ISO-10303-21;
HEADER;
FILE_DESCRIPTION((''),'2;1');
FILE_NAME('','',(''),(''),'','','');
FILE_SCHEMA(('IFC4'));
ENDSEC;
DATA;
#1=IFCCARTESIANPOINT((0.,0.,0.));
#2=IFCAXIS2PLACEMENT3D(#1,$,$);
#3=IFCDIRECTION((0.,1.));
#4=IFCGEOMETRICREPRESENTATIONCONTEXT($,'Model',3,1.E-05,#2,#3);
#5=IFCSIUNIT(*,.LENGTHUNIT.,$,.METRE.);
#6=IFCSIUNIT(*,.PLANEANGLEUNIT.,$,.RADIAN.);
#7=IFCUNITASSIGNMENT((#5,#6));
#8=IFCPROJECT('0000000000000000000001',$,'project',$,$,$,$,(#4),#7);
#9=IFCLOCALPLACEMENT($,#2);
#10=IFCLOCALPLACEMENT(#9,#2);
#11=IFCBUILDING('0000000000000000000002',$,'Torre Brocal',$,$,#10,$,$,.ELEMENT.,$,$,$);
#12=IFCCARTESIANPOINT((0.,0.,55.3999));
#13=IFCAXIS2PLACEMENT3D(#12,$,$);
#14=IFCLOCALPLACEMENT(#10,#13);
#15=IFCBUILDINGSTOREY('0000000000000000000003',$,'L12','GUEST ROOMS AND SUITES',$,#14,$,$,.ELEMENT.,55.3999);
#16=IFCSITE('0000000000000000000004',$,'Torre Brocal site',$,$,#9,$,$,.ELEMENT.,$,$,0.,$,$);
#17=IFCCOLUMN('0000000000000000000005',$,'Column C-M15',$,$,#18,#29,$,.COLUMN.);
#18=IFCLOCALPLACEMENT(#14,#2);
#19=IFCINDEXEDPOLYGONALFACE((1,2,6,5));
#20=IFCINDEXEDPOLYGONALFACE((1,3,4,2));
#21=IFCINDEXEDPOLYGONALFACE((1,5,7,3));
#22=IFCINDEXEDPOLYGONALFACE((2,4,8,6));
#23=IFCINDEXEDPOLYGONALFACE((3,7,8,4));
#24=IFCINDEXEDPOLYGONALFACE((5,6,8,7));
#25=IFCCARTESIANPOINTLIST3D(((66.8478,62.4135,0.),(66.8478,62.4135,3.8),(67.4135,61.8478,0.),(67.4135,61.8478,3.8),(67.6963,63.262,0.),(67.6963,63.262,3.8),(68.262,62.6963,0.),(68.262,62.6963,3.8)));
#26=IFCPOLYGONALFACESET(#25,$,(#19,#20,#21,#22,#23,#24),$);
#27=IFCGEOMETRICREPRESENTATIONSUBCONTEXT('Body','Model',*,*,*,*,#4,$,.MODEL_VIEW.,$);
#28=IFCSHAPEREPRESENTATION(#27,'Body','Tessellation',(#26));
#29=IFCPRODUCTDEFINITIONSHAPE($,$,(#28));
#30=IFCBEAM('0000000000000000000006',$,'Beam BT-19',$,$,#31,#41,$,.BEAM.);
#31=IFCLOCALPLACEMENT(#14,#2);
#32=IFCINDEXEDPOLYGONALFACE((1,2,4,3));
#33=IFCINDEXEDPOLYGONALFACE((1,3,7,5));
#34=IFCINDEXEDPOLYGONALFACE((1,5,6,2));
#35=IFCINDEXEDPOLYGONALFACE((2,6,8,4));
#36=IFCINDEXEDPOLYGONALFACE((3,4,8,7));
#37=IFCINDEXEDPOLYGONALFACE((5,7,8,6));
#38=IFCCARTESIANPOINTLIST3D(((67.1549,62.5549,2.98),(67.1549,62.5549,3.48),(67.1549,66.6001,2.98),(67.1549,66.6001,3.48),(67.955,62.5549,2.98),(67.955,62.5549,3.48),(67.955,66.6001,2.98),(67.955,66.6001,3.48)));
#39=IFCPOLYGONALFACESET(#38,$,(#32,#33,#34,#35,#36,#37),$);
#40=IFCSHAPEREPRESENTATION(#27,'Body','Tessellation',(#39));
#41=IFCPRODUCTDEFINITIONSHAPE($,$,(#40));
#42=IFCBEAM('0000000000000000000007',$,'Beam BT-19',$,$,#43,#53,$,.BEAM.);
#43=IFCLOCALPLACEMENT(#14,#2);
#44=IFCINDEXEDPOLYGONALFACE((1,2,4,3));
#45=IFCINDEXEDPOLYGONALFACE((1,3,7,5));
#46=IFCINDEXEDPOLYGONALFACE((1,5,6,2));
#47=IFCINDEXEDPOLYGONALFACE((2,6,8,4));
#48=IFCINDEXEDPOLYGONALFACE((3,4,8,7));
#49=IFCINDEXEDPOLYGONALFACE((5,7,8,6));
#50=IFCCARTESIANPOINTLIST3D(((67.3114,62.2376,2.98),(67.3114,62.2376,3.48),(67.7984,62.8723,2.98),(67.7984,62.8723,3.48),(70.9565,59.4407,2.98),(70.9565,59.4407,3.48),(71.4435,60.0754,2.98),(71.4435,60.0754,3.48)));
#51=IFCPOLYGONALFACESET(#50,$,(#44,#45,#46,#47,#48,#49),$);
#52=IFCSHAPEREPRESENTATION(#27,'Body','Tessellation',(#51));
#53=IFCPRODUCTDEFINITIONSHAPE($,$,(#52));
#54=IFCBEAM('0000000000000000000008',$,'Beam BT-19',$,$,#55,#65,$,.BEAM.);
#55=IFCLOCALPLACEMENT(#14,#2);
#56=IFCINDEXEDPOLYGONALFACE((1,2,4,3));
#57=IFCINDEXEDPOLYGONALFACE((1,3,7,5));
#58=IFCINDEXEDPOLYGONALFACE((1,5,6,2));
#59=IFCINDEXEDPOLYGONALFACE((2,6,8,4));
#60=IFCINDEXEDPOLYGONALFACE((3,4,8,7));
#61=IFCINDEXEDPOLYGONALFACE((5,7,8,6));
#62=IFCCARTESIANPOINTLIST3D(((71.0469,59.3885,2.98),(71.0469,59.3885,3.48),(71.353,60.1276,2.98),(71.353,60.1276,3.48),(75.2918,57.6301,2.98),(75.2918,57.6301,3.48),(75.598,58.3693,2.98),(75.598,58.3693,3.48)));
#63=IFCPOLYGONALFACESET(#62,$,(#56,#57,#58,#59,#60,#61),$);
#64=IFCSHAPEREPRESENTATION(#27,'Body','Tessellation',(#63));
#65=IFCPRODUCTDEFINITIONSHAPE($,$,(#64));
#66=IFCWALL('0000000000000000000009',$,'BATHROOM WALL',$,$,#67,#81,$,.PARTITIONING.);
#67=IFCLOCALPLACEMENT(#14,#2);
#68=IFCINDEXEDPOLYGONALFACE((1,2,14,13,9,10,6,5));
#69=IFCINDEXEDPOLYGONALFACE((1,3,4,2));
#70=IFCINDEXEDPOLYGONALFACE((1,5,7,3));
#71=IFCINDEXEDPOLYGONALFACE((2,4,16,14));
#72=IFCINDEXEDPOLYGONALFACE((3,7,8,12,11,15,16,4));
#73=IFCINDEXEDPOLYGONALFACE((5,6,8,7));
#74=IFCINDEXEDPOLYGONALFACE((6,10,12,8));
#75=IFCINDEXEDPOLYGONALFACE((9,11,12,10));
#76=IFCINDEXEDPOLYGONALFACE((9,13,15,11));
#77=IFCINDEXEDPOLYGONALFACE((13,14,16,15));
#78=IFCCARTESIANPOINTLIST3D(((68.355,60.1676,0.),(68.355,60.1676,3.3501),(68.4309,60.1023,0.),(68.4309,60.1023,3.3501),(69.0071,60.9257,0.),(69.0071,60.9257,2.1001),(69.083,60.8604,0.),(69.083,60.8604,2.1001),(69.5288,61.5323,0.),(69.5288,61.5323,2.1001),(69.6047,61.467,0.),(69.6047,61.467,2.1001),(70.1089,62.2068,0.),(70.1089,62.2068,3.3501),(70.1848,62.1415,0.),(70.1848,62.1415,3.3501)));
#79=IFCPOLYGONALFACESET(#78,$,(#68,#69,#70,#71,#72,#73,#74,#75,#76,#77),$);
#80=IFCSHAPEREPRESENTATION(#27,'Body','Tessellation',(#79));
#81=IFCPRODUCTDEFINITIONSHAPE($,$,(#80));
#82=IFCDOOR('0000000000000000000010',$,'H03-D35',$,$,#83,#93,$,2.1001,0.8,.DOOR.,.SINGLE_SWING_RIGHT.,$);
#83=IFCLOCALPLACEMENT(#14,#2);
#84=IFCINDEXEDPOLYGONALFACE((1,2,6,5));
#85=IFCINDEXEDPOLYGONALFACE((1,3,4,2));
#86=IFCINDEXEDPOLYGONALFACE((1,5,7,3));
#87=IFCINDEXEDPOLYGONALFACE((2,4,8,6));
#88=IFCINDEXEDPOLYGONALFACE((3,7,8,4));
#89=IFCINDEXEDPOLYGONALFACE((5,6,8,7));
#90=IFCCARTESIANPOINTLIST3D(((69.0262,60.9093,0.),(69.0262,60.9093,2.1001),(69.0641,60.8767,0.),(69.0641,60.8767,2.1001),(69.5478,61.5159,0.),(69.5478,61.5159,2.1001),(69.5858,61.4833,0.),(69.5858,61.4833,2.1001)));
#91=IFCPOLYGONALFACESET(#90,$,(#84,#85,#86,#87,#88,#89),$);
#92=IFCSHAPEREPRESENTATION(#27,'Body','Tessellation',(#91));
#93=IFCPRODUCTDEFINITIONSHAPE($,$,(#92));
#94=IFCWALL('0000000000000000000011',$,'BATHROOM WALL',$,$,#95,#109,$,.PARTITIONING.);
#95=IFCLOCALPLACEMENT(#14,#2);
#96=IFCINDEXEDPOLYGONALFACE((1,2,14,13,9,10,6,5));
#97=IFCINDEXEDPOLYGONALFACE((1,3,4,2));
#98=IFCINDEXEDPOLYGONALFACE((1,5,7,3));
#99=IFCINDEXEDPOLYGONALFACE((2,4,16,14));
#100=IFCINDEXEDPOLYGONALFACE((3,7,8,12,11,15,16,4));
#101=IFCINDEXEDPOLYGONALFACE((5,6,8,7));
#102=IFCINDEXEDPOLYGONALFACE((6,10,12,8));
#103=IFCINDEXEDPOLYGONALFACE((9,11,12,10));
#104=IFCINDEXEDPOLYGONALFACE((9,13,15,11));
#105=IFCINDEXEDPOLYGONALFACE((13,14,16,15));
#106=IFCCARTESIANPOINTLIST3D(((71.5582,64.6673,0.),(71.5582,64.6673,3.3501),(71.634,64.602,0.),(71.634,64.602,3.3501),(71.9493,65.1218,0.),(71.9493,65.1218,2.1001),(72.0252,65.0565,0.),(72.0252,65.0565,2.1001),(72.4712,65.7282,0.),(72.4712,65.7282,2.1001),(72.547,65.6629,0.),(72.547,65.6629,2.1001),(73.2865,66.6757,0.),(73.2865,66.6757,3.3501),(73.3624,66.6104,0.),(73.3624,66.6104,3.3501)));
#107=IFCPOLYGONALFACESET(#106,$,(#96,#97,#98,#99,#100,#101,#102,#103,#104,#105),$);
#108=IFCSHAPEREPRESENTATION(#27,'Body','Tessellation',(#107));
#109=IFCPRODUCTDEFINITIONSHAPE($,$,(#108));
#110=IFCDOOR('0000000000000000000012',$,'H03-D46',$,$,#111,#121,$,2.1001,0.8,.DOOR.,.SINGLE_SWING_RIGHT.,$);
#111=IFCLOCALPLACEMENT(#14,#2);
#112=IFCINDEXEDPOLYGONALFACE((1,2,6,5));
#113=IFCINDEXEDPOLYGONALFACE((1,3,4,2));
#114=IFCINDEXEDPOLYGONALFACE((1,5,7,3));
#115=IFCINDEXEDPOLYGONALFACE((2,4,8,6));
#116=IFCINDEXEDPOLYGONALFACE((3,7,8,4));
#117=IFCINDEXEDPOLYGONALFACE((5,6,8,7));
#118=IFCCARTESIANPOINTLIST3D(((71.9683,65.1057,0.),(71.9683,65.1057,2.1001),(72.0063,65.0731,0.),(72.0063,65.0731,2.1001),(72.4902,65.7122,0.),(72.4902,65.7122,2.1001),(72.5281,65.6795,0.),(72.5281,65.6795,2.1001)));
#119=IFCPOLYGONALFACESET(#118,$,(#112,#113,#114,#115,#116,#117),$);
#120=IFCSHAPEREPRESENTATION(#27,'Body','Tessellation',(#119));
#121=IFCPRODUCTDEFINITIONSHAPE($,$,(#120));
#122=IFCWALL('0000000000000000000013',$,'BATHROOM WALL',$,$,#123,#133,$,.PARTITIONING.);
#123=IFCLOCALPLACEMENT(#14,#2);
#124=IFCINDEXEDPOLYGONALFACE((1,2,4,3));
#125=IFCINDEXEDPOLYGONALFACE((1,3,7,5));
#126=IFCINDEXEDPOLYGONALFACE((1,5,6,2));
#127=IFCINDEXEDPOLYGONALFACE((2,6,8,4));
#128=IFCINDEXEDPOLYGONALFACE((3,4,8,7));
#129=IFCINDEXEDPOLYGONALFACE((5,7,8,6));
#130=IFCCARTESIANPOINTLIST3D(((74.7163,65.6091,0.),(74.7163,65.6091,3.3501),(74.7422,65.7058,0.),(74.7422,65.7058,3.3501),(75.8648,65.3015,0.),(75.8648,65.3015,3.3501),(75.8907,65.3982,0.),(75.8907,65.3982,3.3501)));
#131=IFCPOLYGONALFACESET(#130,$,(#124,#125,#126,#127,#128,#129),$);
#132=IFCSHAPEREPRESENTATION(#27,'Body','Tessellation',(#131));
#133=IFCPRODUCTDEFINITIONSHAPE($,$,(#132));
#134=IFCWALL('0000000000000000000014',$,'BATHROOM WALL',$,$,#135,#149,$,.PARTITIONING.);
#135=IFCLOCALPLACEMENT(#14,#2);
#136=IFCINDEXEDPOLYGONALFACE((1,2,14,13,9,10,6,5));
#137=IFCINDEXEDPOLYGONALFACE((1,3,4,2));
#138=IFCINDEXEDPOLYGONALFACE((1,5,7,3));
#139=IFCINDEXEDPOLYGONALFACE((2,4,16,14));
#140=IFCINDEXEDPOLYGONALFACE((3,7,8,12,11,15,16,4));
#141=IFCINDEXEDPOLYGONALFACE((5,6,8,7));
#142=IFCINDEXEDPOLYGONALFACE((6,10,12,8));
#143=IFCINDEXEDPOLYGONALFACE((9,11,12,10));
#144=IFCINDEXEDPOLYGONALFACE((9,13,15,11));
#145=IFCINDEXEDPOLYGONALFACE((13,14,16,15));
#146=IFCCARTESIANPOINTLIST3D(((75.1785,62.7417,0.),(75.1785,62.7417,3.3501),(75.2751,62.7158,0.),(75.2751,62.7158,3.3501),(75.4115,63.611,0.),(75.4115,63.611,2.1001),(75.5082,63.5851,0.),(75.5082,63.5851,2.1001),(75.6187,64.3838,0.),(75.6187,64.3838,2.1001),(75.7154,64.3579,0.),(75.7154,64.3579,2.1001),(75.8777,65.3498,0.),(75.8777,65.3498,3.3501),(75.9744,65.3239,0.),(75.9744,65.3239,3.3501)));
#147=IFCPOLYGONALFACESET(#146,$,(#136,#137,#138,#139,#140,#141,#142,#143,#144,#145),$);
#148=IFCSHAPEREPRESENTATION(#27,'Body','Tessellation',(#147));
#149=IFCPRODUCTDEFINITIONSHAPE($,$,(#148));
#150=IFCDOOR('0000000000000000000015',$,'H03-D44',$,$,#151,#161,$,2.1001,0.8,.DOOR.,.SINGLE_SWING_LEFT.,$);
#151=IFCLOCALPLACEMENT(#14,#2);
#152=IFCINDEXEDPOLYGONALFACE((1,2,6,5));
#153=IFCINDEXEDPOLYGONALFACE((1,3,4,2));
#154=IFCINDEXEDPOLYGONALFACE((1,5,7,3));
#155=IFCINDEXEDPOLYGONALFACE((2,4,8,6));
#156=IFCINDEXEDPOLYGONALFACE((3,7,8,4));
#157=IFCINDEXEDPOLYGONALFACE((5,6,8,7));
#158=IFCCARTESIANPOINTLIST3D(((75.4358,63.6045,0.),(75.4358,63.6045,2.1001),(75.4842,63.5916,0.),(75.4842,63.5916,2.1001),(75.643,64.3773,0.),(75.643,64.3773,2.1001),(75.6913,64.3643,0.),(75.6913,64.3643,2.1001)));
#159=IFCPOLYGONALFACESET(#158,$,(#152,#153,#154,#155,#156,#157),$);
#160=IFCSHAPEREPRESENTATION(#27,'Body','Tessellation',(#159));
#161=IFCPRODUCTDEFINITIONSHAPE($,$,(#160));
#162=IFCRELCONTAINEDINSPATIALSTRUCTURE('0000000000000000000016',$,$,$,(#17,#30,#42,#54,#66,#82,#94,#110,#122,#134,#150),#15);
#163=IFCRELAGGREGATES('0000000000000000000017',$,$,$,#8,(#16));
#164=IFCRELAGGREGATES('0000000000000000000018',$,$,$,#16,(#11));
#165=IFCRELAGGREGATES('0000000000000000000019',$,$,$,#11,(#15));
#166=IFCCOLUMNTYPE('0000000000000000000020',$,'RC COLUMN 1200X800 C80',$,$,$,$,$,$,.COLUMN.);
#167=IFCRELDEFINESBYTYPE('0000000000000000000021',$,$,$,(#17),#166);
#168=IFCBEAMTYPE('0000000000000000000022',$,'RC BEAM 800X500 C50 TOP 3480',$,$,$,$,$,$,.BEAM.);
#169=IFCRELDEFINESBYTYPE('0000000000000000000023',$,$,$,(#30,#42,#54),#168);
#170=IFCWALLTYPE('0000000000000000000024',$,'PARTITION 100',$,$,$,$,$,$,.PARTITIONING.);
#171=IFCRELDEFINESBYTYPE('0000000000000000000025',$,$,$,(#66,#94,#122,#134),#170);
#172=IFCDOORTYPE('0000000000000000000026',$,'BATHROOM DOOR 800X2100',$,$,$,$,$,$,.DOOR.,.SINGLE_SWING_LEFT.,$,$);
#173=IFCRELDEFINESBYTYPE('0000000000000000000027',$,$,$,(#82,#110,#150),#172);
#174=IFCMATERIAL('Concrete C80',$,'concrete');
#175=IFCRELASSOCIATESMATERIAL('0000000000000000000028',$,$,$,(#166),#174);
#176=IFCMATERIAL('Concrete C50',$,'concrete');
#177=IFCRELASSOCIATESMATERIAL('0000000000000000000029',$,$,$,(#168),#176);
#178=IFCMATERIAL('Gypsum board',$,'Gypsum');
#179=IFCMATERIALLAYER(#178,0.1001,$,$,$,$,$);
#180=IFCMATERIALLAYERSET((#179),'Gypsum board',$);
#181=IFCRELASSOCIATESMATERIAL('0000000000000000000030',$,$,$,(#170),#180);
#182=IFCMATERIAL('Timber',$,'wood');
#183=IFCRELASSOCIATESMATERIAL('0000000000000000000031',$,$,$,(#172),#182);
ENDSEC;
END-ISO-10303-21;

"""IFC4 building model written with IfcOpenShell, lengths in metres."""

from ifc_helpers import new_model, si_unit, direction, frame, frame_2d, origin, origin_2d, place, context, subcontext, project, spatial, rectangle, extrude, material, layer, layer_set, material_profile, profile_set, type_object, element, fill, save


model = new_model("IFC4")

# Units and contexts
model_context = context("Model", 3, precision=1e-05, world=origin(), true_north=direction((0.0, 1.0)))
body_context = subcontext(model_context, "Body", "Model", "MODEL_VIEW")
ifc_project = project(units=[si_unit("LENGTHUNIT", "METRE"), si_unit("PLANEANGLEUNIT", "RADIAN")], contexts=[model_context])

# Site, building, storey
site_placement = place(None, origin())
site = spatial("IfcSite", under=ifc_project, at=site_placement, Name="Torre Brocal site", CompositionType="ELEMENT", RefElevation=0.0)
building_placement = place(site_placement, origin())
building = spatial("IfcBuilding", under=site, at=building_placement, Name="Torre Brocal", CompositionType="ELEMENT")
storey_placement = place(building_placement, frame((0.0, 0.0, 55.3999)))
storey = spatial("IfcBuildingStorey", under=building, at=storey_placement, Name="L12", Description="GUEST ROOMS AND SUITES", CompositionType="ELEMENT", Elevation=55.3999)

# Column
ifc_material_1 = material(Name="Concrete C80", Category="concrete")
ifc_material_profile_1 = material_profile(ifc_material_1, rectangle(XDim=1.2, YDim=0.8, at=origin_2d()), Name="RC 1200X800")
ifc_profile_set_1 = profile_set([ifc_material_profile_1], Name="Concrete C80")
column_type = type_object("IfcColumnType", Name="RC COLUMN 1200X800 C80", PredefinedType="COLUMN", material=ifc_profile_set_1)
column_placement = place(storey_placement, frame((67.5549, 62.5549, 0.0), z_axis=(0.0, 0.0, 1.0), x_axis=(-0.707107, -0.707107, 0.0)))
element("IfcColumn", 1, at=column_placement, inside=storey, type_object=column_type, Name="Column C-M15", PredefinedType="COLUMN", context=body_context, shape_type="SweptSolid", body=[
    extrude(rectangle(XDim=1.2, YDim=0.8, at=origin_2d()), origin(), (0.0, 0.0, 1.0), 3.8),
])

# Beams
ifc_material_2 = material(Name="Concrete C50", Category="concrete")
ifc_material_profile_2 = material_profile(ifc_material_2, rectangle(XDim=0.8, YDim=0.5, at=origin_2d()), Name="RC 800X500")
ifc_profile_set_2 = profile_set([ifc_material_profile_2], Name="Concrete C50")
beam_type = type_object("IfcBeamType", Name="RC BEAM 800X500 C50 TOP 3480", PredefinedType="BEAM", material=ifc_profile_set_2)
beam_1_placement = place(storey_placement, frame((67.5549, 62.5549, 3.23), z_axis=(0.0, 1.0, 0.0), x_axis=(-1.0, 0.0, 0.0)))
element("IfcBeam", 2, at=beam_1_placement, inside=storey, type_object=beam_type, Name="Beam BT-19", PredefinedType="BEAM", context=body_context, shape_type="SweptSolid", body=[
    extrude(rectangle(XDim=0.8, YDim=0.5, at=origin_2d()), origin(), (0.0, 0.0, 1.0), 4.0452),
])
beam_2_placement = place(storey_placement, frame((67.5549, 62.5549, 3.23), z_axis=(0.793358, -0.608755, 0.0), x_axis=(0.608755, 0.793358, 0.0)))
element("IfcBeam", 3, at=beam_2_placement, inside=storey, type_object=beam_type, Name="Beam BT-19", PredefinedType="BEAM", context=body_context, shape_type="SweptSolid", body=[
    extrude(rectangle(XDim=0.8, YDim=0.5, at=origin_2d()), origin(), (0.0, 0.0, 1.0), 4.5945),
])
beam_3_placement = place(storey_placement, frame((71.2, 59.7581, 3.23), z_axis=(0.923878, -0.382687, 0.0), x_axis=(0.382687, 0.923878, 0.0)))
element("IfcBeam", 4, at=beam_3_placement, inside=storey, type_object=beam_type, Name="Beam BT-19", PredefinedType="BEAM", context=body_context, shape_type="SweptSolid", body=[
    extrude(rectangle(XDim=0.8, YDim=0.5, at=origin_2d()), origin(), (0.0, 0.0, 1.0), 4.5947),
])

# Walls, openings, doors
ifc_material_3 = material(Name="Gypsum board", Category="Gypsum")
ifc_layer_1 = layer(ifc_material_3, 0.1001)
ifc_layer_set_1 = layer_set([ifc_layer_1], Name="Gypsum board")
wall_type_1 = type_object("IfcWallType", Name="PARTITION 100", PredefinedType="PARTITIONING", material=ifc_layer_set_1)
wall_1_placement = place(storey_placement, frame((68.3931, 60.135, 0.0), z_axis=(0.0, 0.0, 1.0), x_axis=(0.652061, 0.758166, 0.0)))
wall_1 = element("IfcWall", 5, at=wall_1_placement, inside=storey, type_object=wall_type_1, Name="BATHROOM WALL", PredefinedType="PARTITIONING", context=body_context, shape_type="SweptSolid", body=[
    extrude(rectangle(XDim=2.6897, YDim=0.1001, at=frame_2d((1.3447, 0.0))), origin(), (0.0, 0.0, 1.0), 3.3501),
])
opening_1_placement = place(wall_1_placement, frame((1.0, 0.0, 0.0)))
opening_1 = element("IfcOpeningElement", 6, at=opening_1_placement, cuts=wall_1, PredefinedType="OPENING", context=body_context, shape_type="SweptSolid", body=[
    extrude(rectangle(XDim=0.8, YDim=2.1001, at=frame_2d((0.3999, 1.05))), frame((0.0, 0.0601, 0.0), z_axis=(0.0, -1.0, 0.0), x_axis=(1.0, 0.0, 0.0)), (0.0, 0.0, 1.0), 0.1201),
])
ifc_material_4 = material(Name="Timber", Category="wood")
door_type_1 = type_object("IfcDoorType", Name="BATHROOM DOOR 800X2100", OperationType="SINGLE_SWING_LEFT", PredefinedType="DOOR", material=ifc_material_4)
door_1_placement = place(opening_1_placement, origin())
door_1 = element("IfcDoor", 7, at=door_1_placement, inside=storey, type_object=door_type_1, Name="H03-D35", OperationType="SINGLE_SWING_RIGHT", OverallHeight=2.1001, OverallWidth=0.8, PredefinedType="DOOR", context=body_context, shape_type="SweptSolid", body=[
    extrude(rectangle(XDim=0.8, YDim=2.1001, at=frame_2d((0.3999, 1.05))), frame((0.0, 0.0249, 0.0), z_axis=(0.0, -1.0, 0.0), x_axis=(1.0, 0.0, 0.0)), (0.0, 0.0, 1.0), 0.05),
])
fill(opening_1, door_1)
wall_2_placement = place(storey_placement, frame((71.5962, 64.6348, 0.0), z_axis=(0.0, 0.0, 1.0), x_axis=(0.652285, 0.757974, 0.0)))
wall_2 = element("IfcWall", 8, at=wall_2_placement, inside=storey, type_object=wall_type_1, Name="BATHROOM WALL", PredefinedType="PARTITIONING", context=body_context, shape_type="SweptSolid", body=[
    extrude(rectangle(XDim=2.6497, YDim=0.1001, at=frame_2d((1.3247, 0.0))), origin(), (0.0, 0.0, 1.0), 3.3501),
])
opening_2_placement = place(wall_2_placement, frame((0.5996, 0.0, 0.0)))
opening_2 = element("IfcOpeningElement", 9, at=opening_2_placement, cuts=wall_2, PredefinedType="OPENING", context=body_context, shape_type="SweptSolid", body=[
    extrude(rectangle(XDim=0.8, YDim=2.1001, at=frame_2d((0.3999, 1.05))), frame((0.0, 0.0601, 0.0), z_axis=(0.0, -1.0, 0.0), x_axis=(1.0, 0.0, 0.0)), (0.0, 0.0, 1.0), 0.1201),
])
door_2_placement = place(opening_2_placement, frame((0.8, 0.0, 0.0), z_axis=(0.0, 0.0, 1.0), x_axis=(-1.0, 0.0, 0.0)))
door_2 = element("IfcDoor", 10, at=door_2_placement, inside=storey, type_object=door_type_1, Name="H03-D46", OperationType="SINGLE_SWING_RIGHT", OverallHeight=2.1001, OverallWidth=0.8, PredefinedType="DOOR", context=body_context, shape_type="SweptSolid", body=[
    extrude(rectangle(XDim=0.8, YDim=2.1001, at=frame_2d((0.3999, 1.05))), frame((0.0, 0.0249, 0.0), z_axis=(0.0, -1.0, 0.0), x_axis=(1.0, 0.0, 0.0)), (0.0, 0.0, 1.0), 0.05),
])
fill(opening_2, door_2)

# Wall
wall_3_placement = place(storey_placement, frame((74.7292, 65.6575, 0.0), z_axis=(0.0, 0.0, 1.0), x_axis=(0.965948, -0.258736, 0.0)))
element("IfcWall", 11, at=wall_3_placement, inside=storey, type_object=wall_type_1, Name="BATHROOM WALL", PredefinedType="PARTITIONING", context=body_context, shape_type="SweptSolid", body=[
    extrude(rectangle(XDim=1.189, YDim=0.1001, at=frame_2d((0.5945, 0.0))), origin(), (0.0, 0.0, 1.0), 3.3501),
])

# Wall, opening, door
wall_4_placement = place(storey_placement, frame((75.2268, 62.7288, 0.0), z_axis=(0.0, 0.0, 1.0), x_axis=(0.258945, 0.965892, 0.0)))
wall_4 = element("IfcWall", 12, at=wall_4_placement, inside=storey, type_object=wall_type_1, Name="BATHROOM WALL", PredefinedType="PARTITIONING", context=body_context, shape_type="SweptSolid", body=[
    extrude(rectangle(XDim=2.7002, YDim=0.1001, at=frame_2d((1.3501, 0.0))), origin(), (0.0, 0.0, 1.0), 3.3501),
])
opening_3_placement = place(wall_4_placement, frame((0.9001, 0.0, 0.0)))
opening_3 = element("IfcOpeningElement", 13, at=opening_3_placement, cuts=wall_4, PredefinedType="OPENING", context=body_context, shape_type="SweptSolid", body=[
    extrude(rectangle(XDim=0.8, YDim=2.1001, at=frame_2d((0.3999, 1.05))), frame((0.0, 0.0601, 0.0), z_axis=(0.0, -1.0, 0.0), x_axis=(1.0, 0.0, 0.0)), (0.0, 0.0, 1.0), 0.1201),
])
door_3_placement = place(opening_3_placement, origin())
door_3 = element("IfcDoor", 14, at=door_3_placement, inside=storey, type_object=door_type_1, Name="H03-D44", OperationType="SINGLE_SWING_LEFT", OverallHeight=2.1001, OverallWidth=0.8, PredefinedType="DOOR", context=body_context, shape_type="SweptSolid", body=[
    extrude(rectangle(XDim=0.8, YDim=2.1001, at=frame_2d((0.3999, 1.05))), frame((0.0, 0.0249, 0.0), z_axis=(0.0, -1.0, 0.0), x_axis=(1.0, 0.0, 0.0)), (0.0, 0.0, 1.0), 0.05),
])
fill(opening_3, door_3)

save(model, "model.ifc")
